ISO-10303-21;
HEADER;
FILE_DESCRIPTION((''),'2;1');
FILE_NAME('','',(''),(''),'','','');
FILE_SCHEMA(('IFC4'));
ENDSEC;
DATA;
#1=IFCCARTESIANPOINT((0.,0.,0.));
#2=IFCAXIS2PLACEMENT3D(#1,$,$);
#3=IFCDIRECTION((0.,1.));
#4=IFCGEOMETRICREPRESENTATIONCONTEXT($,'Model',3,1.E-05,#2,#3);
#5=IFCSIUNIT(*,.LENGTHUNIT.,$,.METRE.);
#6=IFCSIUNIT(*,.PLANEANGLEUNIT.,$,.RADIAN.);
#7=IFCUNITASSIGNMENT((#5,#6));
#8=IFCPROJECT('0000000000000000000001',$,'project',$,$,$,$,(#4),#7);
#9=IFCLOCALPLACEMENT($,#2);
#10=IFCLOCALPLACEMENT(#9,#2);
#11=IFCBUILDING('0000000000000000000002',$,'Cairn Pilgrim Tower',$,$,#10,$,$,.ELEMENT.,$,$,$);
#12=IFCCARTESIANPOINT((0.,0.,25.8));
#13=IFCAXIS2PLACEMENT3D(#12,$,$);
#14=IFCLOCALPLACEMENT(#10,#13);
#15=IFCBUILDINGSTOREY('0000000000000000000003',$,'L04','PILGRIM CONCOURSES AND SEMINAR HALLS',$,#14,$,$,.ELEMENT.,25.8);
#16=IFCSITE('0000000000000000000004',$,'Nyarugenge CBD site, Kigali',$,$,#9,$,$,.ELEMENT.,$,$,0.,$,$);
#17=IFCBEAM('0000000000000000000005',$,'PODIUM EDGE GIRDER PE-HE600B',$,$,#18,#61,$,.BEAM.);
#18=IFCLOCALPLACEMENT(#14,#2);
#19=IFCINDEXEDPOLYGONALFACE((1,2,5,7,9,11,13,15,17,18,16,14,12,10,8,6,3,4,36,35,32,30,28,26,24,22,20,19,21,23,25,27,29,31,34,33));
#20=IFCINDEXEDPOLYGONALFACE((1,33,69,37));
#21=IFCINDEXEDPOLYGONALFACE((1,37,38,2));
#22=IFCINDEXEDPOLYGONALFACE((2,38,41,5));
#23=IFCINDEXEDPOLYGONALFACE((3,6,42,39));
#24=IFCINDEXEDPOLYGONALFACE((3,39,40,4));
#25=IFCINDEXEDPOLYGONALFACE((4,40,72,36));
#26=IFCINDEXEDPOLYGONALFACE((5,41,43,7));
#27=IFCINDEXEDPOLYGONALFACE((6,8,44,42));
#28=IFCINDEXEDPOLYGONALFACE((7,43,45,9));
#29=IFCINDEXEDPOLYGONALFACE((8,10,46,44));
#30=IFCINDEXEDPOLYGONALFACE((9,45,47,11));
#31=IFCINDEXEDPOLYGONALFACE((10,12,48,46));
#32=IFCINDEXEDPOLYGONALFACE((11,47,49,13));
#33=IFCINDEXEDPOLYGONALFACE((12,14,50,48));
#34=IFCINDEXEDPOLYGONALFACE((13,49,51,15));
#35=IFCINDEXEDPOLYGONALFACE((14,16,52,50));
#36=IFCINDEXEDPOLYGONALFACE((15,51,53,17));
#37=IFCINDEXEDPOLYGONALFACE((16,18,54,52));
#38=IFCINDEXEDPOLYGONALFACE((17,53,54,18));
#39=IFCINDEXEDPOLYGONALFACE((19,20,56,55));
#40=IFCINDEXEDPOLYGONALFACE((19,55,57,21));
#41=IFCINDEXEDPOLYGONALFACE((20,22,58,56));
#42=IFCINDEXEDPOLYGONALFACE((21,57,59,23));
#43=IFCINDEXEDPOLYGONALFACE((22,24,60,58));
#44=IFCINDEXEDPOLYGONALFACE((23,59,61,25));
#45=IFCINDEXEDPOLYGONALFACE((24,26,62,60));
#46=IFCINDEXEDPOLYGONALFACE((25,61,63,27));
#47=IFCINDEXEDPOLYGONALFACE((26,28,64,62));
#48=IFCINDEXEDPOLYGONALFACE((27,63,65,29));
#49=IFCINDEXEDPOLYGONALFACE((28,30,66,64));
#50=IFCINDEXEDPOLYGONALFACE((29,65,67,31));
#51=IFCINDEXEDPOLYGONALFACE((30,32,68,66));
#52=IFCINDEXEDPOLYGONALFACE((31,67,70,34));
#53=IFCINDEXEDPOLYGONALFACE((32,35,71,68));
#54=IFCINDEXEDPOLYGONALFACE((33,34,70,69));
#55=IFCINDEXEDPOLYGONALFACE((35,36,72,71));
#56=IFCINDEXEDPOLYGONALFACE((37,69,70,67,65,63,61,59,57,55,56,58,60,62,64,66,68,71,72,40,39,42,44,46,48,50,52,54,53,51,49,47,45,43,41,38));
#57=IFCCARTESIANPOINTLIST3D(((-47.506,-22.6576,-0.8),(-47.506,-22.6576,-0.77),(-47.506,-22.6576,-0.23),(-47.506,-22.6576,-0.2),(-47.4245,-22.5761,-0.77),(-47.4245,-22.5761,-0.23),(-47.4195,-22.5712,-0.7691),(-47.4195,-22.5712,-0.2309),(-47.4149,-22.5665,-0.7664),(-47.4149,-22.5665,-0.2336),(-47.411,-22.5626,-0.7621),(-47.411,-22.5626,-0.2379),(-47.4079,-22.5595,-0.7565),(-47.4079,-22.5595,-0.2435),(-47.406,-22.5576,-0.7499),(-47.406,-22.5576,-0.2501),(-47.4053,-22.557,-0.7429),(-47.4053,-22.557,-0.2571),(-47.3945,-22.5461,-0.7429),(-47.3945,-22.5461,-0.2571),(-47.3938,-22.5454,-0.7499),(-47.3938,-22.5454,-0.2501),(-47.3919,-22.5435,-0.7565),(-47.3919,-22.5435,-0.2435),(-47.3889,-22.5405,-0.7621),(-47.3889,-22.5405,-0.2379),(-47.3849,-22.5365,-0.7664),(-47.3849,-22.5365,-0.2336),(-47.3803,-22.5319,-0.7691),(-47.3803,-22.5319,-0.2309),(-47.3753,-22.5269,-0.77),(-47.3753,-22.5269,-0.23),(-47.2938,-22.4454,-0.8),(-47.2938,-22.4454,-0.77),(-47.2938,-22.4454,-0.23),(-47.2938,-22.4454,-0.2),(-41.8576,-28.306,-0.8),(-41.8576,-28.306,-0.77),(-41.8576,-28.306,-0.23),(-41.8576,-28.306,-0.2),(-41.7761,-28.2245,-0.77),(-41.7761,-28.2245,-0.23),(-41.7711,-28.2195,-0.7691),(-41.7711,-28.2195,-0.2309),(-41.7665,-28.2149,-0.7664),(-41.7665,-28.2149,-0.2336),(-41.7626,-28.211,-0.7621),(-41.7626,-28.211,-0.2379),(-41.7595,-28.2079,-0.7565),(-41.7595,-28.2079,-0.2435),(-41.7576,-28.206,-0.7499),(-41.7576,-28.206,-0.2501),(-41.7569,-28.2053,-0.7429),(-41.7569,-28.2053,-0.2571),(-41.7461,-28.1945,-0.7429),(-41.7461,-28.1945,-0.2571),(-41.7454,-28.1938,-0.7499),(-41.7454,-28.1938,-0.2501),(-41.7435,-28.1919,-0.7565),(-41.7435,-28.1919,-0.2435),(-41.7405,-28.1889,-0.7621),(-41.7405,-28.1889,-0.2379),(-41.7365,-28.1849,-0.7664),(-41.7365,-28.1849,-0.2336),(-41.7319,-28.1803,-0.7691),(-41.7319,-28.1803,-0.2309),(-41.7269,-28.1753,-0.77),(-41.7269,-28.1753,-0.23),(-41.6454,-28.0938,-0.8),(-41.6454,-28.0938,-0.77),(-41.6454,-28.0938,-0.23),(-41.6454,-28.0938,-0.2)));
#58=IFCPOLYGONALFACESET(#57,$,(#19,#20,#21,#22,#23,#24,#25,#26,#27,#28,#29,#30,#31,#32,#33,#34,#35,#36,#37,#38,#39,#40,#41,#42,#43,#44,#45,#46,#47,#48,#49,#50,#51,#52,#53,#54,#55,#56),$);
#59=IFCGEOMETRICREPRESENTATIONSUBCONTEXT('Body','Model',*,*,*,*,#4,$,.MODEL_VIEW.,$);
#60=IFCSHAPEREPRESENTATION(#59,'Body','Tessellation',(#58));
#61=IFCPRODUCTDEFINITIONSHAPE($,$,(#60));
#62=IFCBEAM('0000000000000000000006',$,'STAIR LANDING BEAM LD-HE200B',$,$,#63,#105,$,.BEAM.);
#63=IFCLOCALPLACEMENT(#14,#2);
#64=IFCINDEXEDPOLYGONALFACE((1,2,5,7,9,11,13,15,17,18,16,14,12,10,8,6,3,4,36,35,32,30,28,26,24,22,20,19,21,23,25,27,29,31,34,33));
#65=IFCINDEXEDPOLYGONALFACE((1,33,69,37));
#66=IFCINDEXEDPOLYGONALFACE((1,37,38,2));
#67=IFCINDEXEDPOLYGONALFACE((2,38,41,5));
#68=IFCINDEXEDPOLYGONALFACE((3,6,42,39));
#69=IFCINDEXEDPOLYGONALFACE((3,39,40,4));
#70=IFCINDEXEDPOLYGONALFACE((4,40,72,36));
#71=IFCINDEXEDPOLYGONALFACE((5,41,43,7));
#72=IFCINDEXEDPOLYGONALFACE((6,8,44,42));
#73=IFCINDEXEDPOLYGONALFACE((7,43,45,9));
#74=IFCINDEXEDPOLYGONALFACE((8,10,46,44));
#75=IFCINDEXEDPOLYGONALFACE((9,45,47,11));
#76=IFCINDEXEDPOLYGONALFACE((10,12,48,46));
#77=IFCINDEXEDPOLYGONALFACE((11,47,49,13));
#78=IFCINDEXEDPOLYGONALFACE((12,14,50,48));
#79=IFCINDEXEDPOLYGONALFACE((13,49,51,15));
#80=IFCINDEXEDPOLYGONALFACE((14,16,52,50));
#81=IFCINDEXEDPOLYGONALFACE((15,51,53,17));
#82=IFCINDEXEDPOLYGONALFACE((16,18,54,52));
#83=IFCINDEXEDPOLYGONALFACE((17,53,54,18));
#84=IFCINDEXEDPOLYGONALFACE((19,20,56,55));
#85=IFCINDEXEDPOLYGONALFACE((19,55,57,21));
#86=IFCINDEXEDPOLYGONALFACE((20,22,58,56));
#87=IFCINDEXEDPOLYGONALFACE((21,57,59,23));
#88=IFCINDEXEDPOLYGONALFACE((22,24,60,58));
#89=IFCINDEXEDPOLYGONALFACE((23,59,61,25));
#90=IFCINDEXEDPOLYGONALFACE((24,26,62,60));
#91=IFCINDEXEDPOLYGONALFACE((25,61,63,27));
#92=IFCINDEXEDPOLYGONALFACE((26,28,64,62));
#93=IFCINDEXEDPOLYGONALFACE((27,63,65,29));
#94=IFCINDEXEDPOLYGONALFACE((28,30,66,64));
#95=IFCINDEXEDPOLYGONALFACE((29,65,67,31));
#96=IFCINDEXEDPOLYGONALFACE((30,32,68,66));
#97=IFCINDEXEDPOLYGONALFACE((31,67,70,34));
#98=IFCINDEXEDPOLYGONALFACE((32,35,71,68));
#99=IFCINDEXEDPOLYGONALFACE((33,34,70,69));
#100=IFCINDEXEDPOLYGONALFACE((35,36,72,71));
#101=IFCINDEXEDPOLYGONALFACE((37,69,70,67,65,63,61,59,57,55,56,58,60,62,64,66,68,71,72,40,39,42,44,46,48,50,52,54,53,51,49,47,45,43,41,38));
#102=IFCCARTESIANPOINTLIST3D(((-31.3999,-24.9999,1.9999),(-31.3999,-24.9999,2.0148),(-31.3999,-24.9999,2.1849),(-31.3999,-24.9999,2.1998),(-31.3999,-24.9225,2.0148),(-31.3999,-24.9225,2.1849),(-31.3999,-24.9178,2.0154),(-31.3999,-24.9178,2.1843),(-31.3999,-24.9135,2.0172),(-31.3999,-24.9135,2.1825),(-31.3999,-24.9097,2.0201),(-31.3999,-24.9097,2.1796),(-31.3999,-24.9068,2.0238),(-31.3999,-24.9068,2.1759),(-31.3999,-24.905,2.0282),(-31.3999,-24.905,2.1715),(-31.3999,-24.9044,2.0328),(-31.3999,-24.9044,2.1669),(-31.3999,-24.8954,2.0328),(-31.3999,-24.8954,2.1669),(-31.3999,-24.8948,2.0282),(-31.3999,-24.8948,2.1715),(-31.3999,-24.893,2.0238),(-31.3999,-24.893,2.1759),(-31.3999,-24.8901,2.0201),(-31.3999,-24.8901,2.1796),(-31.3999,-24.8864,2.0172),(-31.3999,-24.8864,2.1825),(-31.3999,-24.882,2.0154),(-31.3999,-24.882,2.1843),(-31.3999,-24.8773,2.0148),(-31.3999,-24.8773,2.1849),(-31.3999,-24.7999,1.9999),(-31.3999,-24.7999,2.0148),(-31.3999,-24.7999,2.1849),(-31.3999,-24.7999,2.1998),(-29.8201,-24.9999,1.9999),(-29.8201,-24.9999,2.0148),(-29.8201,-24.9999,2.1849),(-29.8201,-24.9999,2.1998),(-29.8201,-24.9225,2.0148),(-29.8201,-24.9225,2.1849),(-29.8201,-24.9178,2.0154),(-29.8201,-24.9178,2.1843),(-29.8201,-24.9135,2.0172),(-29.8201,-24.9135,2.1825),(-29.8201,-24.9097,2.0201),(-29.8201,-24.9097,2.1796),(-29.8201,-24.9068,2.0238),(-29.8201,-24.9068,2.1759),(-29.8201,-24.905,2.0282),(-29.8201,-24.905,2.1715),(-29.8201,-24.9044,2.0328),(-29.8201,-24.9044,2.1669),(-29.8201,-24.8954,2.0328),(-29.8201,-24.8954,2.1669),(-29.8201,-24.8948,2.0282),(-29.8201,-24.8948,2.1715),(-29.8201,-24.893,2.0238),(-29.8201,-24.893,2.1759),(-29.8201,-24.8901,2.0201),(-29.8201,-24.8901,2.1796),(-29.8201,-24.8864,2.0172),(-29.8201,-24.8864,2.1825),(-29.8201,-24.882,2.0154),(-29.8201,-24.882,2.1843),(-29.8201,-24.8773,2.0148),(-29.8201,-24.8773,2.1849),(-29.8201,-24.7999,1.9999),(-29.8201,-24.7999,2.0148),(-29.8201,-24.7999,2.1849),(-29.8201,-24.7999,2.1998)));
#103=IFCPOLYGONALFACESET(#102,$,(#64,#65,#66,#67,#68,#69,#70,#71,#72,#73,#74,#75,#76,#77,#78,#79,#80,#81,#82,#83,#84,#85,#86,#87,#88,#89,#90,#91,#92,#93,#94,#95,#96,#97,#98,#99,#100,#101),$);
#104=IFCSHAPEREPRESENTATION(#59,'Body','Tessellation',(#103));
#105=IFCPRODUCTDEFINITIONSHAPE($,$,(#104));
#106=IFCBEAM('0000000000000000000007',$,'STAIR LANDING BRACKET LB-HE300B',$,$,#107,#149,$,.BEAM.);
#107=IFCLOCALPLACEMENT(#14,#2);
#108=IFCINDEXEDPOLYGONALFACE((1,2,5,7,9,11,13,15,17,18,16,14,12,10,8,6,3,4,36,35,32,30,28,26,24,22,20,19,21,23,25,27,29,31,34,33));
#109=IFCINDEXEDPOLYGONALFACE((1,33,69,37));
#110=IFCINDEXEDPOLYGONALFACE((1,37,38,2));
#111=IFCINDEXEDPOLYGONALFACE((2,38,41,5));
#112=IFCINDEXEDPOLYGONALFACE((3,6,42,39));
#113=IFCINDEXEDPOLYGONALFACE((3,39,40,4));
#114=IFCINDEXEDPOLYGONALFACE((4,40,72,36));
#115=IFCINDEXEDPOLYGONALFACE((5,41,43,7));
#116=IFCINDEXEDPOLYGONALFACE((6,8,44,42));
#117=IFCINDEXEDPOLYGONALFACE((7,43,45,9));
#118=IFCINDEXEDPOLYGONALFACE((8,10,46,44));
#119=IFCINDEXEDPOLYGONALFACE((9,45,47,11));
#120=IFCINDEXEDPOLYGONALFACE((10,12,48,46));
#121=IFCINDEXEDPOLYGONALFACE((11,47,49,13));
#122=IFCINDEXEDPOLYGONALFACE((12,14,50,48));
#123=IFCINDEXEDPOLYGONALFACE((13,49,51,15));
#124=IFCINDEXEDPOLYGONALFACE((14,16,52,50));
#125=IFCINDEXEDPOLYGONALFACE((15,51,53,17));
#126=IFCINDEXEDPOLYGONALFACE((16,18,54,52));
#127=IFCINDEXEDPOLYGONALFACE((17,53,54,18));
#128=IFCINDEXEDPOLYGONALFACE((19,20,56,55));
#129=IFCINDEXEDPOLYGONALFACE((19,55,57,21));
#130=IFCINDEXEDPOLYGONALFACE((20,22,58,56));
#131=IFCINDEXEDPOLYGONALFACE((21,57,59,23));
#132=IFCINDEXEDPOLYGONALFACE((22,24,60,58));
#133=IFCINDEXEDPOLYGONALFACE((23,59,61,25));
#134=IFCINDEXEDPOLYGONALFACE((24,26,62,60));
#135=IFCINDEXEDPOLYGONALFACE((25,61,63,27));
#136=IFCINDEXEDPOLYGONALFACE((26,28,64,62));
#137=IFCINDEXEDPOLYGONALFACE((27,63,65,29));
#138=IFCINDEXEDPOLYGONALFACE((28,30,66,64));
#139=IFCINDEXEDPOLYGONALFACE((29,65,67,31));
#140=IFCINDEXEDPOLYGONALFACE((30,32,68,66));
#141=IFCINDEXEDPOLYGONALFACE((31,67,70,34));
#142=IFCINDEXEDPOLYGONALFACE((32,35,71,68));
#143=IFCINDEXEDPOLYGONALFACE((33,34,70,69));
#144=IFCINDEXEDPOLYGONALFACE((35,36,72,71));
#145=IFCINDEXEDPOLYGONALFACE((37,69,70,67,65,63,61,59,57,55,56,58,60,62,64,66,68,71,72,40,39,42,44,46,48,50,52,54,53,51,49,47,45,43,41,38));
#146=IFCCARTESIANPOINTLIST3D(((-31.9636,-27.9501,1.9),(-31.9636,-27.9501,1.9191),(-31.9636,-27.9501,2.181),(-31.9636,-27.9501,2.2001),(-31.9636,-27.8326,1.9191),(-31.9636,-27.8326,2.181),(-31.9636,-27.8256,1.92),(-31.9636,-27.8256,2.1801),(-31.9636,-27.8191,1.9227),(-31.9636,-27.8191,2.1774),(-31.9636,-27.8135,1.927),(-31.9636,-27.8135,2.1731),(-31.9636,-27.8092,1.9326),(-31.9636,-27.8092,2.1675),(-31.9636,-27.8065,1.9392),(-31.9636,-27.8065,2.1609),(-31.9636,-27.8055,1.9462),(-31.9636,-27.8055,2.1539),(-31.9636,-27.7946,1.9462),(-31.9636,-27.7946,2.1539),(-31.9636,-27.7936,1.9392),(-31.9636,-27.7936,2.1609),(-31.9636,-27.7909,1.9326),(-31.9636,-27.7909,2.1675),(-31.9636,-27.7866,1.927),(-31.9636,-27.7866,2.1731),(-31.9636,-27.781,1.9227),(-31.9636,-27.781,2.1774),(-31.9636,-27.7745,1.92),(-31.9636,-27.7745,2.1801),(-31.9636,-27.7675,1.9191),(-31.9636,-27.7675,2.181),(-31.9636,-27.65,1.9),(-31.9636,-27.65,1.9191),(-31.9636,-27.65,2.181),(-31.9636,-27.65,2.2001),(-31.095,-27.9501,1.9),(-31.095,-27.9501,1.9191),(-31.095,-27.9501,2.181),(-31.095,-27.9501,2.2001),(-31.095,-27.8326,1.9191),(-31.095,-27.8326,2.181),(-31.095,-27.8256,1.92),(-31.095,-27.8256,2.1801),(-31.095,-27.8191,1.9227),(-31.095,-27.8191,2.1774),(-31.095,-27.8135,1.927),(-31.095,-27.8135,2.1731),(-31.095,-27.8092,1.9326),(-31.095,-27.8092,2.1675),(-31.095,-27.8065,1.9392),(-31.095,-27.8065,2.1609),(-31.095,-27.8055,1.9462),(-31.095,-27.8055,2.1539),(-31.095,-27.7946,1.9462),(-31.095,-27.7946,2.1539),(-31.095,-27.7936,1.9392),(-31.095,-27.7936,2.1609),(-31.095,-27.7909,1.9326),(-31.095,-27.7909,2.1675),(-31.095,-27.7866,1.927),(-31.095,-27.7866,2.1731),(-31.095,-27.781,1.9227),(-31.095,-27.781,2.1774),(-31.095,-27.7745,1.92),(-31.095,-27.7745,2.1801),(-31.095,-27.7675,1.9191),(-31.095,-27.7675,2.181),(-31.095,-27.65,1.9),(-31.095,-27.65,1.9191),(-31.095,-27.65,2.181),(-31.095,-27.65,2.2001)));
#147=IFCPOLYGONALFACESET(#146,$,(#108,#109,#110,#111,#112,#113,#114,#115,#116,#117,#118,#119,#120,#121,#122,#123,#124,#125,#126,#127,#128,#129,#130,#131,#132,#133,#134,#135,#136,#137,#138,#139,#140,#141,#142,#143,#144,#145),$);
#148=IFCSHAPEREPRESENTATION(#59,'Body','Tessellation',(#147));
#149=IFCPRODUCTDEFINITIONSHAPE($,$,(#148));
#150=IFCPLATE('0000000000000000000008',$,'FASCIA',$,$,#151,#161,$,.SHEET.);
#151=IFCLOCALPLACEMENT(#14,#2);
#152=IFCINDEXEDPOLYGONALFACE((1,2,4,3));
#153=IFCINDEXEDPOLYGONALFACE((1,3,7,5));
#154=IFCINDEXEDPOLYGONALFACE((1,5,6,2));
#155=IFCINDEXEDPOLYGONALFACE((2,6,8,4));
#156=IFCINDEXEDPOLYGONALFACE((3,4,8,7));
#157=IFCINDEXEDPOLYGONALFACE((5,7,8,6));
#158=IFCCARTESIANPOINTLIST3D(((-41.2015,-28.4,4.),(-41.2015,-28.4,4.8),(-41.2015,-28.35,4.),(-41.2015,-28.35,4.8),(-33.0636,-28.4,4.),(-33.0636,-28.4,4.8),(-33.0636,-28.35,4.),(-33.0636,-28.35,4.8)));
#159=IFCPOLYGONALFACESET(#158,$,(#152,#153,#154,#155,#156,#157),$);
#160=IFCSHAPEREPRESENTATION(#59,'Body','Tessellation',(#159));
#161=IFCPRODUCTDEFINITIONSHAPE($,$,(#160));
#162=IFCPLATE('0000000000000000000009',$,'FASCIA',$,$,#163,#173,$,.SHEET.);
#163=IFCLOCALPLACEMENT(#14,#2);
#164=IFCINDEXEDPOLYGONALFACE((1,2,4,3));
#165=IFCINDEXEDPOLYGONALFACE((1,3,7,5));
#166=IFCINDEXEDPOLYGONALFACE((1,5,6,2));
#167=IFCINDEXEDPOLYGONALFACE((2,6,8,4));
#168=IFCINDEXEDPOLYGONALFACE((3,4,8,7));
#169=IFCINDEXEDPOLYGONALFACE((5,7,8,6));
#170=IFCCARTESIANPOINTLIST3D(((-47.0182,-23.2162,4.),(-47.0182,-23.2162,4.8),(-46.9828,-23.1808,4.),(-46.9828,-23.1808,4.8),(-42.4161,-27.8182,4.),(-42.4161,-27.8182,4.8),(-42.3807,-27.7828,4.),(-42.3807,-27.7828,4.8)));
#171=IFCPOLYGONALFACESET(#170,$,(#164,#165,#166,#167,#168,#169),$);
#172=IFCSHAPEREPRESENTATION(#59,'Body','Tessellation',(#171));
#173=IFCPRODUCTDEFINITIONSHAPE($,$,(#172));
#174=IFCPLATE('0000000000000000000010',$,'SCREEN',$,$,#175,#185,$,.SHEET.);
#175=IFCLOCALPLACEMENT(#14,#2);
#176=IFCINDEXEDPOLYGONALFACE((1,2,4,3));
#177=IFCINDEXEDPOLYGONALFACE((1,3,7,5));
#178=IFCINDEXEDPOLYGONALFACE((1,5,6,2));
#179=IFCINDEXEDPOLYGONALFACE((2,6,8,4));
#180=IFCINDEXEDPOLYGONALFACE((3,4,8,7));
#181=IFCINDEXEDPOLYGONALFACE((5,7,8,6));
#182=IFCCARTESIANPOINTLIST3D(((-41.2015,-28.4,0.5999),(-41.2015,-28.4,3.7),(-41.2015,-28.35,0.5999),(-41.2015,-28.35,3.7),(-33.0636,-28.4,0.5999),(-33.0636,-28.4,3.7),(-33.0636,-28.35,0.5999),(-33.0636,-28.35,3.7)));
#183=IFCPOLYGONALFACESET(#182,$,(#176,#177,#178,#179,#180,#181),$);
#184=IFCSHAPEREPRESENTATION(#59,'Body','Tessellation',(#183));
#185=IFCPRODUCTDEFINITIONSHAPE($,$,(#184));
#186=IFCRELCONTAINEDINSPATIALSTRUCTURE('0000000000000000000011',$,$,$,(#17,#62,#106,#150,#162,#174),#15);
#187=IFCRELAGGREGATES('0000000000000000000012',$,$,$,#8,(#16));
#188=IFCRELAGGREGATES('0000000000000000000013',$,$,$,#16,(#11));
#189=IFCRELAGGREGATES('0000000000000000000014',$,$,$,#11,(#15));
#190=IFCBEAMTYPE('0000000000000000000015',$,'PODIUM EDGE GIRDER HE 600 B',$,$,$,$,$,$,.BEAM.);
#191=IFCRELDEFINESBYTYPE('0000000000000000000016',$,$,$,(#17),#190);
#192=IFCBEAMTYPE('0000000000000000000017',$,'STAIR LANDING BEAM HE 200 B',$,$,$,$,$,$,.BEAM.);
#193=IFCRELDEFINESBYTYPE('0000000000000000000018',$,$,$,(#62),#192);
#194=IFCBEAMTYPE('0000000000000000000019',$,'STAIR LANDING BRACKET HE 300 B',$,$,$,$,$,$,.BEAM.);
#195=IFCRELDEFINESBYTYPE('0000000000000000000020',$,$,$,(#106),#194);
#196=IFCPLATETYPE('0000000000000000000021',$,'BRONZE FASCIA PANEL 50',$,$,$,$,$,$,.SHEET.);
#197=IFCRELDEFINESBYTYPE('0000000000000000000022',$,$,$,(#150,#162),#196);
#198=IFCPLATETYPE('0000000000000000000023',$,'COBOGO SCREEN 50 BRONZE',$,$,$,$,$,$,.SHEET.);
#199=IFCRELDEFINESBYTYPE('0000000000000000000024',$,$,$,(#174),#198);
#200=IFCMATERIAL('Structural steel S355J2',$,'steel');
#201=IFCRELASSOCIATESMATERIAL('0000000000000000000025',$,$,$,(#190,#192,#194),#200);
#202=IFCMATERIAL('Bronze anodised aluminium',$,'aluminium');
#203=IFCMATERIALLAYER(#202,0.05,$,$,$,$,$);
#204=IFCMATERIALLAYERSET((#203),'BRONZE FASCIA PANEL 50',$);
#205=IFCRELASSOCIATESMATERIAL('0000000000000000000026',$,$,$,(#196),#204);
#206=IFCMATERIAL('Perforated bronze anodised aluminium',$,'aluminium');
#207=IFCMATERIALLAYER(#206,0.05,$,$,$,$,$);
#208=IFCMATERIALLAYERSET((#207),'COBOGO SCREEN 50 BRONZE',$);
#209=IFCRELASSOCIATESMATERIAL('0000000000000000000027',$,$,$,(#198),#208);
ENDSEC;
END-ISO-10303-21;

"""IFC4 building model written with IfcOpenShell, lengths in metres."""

from ifc_helpers import new_model, si_unit, direction, frame, origin, origin_2d, place, context, subcontext, project, spatial, rectangle, i_section, extrude, material, layer, layer_set, material_profile, profile_set, type_object, element, save


model = new_model("IFC4")

# Units and contexts
model_context = context("Model", 3, precision=1e-05, world=origin(), true_north=direction((0.0, 1.0)))
body_context = subcontext(model_context, "Body", "Model", "MODEL_VIEW")
ifc_project = project(units=[si_unit("LENGTHUNIT", "METRE"), si_unit("PLANEANGLEUNIT", "RADIAN")], contexts=[model_context])

# Site, building, storey
site_placement = place(None, origin())
site = spatial("IfcSite", under=ifc_project, at=site_placement, Name="Nyarugenge CBD site, Kigali", CompositionType="ELEMENT", RefElevation=0.0)
building_placement = place(site_placement, origin())
building = spatial("IfcBuilding", under=site, at=building_placement, Name="Cairn Pilgrim Tower", CompositionType="ELEMENT")
storey_placement = place(building_placement, frame((0.0, 0.0, 25.8)))
storey = spatial("IfcBuildingStorey", under=building, at=storey_placement, Name="L04", Description="PILGRIM CONCOURSES AND SEMINAR HALLS", CompositionType="ELEMENT", Elevation=25.8)

# Shared definitions
ifc_material_1 = material(Name="Structural steel S355J2", Category="steel")

# Beams
ifc_material_profile_1 = material_profile(ifc_material_1, i_section(OverallWidth=0.3, OverallDepth=0.6001, WebThickness=0.0154, FlangeThickness=0.03, FilletRadius=0.0271, at=origin_2d()), Name="HEB 600")
ifc_profile_set_1 = profile_set([ifc_material_profile_1], Name="Structural steel S355J2")
beam_type_1 = type_object("IfcBeamType", Name="PODIUM EDGE GIRDER HE 600 B", PredefinedType="BEAM", material=ifc_profile_set_1)
beam_1_placement = place(storey_placement, frame((-47.3999, -22.5515, -0.5), z_axis=(0.707107, -0.707107, 0.0), x_axis=(0.707107, 0.707107, 0.0)))
element("IfcBeam", 1, at=beam_1_placement, inside=storey, type_object=beam_type_1, Name="PODIUM EDGE GIRDER PE-HE600B", PredefinedType="BEAM", context=body_context, shape_type="SweptSolid", body=[
    extrude(i_section(OverallWidth=0.3, OverallDepth=0.6001, WebThickness=0.0154, FlangeThickness=0.03, FilletRadius=0.0271, at=origin_2d()), origin(), (0.0, 0.0, 1.0), 7.988),
])
ifc_material_profile_2 = material_profile(ifc_material_1, i_section(OverallWidth=0.2, OverallDepth=0.2, WebThickness=0.009, FlangeThickness=0.0149, FilletRadius=0.0181, at=origin_2d()), Name="HE 200 B")
ifc_profile_set_2 = profile_set([ifc_material_profile_2], Name="Structural steel S355J2")
beam_type_2 = type_object("IfcBeamType", Name="STAIR LANDING BEAM HE 200 B", PredefinedType="BEAM", material=ifc_profile_set_2)
beam_2_placement = place(storey_placement, frame((-31.3999, -24.8999, 2.0999), z_axis=(1.0, 0.0, 0.0), x_axis=(0.0, 1.0, 0.0)))
element("IfcBeam", 2, at=beam_2_placement, inside=storey, type_object=beam_type_2, Name="STAIR LANDING BEAM LD-HE200B", PredefinedType="BEAM", context=body_context, shape_type="SweptSolid", body=[
    extrude(i_section(OverallWidth=0.2, OverallDepth=0.2, WebThickness=0.009, FlangeThickness=0.0149, FilletRadius=0.0181, at=origin_2d()), origin(), (0.0, 0.0, 1.0), 1.5798),
])
ifc_material_profile_3 = material_profile(ifc_material_1, i_section(OverallWidth=0.3, OverallDepth=0.3, WebThickness=0.011, FlangeThickness=0.019, FilletRadius=0.0271, at=origin_2d()), Name="HE 300 B")
ifc_profile_set_3 = profile_set([ifc_material_profile_3], Name="Structural steel S355J2")
beam_type_3 = type_object("IfcBeamType", Name="STAIR LANDING BRACKET HE 300 B", PredefinedType="BEAM", material=ifc_profile_set_3)
beam_3_placement = place(storey_placement, frame((-31.9636, -27.8, 2.05), z_axis=(1.0, 0.0, 0.0), x_axis=(0.0, 1.0, 0.0)))
element("IfcBeam", 3, at=beam_3_placement, inside=storey, type_object=beam_type_3, Name="STAIR LANDING BRACKET LB-HE300B", PredefinedType="BEAM", context=body_context, shape_type="SweptSolid", body=[
    extrude(i_section(OverallWidth=0.3, OverallDepth=0.3, WebThickness=0.011, FlangeThickness=0.019, FilletRadius=0.0271, at=origin_2d()), origin(), (0.0, 0.0, 1.0), 0.8687),
])

# Plates
ifc_material_2 = material(Name="Bronze anodised aluminium", Category="aluminium")
ifc_layer_1 = layer(ifc_material_2, 0.05)
ifc_layer_set_1 = layer_set([ifc_layer_1], Name="BRONZE FASCIA PANEL 50")
plate_type_1 = type_object("IfcPlateType", Name="BRONZE FASCIA PANEL 50", PredefinedType="SHEET", material=ifc_layer_set_1)
plate_1_placement = place(storey_placement, frame((-37.1326, -28.375, 4.0), z_axis=(0.0, 0.0, 1.0), x_axis=(1.0, 0.0, 0.0)))
element("IfcPlate", 4, at=plate_1_placement, inside=storey, type_object=plate_type_1, Name="FASCIA", PredefinedType="SHEET", context=body_context, shape_type="SweptSolid", body=[
    extrude(rectangle(XDim=8.1379, YDim=0.05, at=origin_2d()), origin(), (0.0, 0.0, 1.0), 0.8),
])
plate_2_placement = place(storey_placement, frame((-44.6995, -25.4995, 4.0), z_axis=(0.0, 0.0, 1.0), x_axis=(0.707107, -0.707107, 0.0)))
element("IfcPlate", 5, at=plate_2_placement, inside=storey, type_object=plate_type_1, Name="FASCIA", PredefinedType="SHEET", context=body_context, shape_type="SweptSolid", body=[
    extrude(rectangle(XDim=6.5083, YDim=0.05, at=origin_2d()), origin(), (0.0, 0.0, 1.0), 0.8),
])
ifc_material_3 = material(Name="Perforated bronze anodised aluminium", Category="aluminium")
ifc_layer_2 = layer(ifc_material_3, 0.05)
ifc_layer_set_2 = layer_set([ifc_layer_2], Name="COBOGO SCREEN 50 BRONZE")
plate_type_2 = type_object("IfcPlateType", Name="COBOGO SCREEN 50 BRONZE", PredefinedType="SHEET", material=ifc_layer_set_2)
plate_3_placement = place(storey_placement, frame((-37.1326, -28.375, 0.5999), z_axis=(0.0, 0.0, 1.0), x_axis=(1.0, 0.0, 0.0)))
element("IfcPlate", 6, at=plate_3_placement, inside=storey, type_object=plate_type_2, Name="SCREEN", PredefinedType="SHEET", context=body_context, shape_type="SweptSolid", body=[
    extrude(rectangle(XDim=8.1379, YDim=0.05, at=origin_2d()), origin(), (0.0, 0.0, 1.0), 3.1001),
])

save(model, "model.ifc")
